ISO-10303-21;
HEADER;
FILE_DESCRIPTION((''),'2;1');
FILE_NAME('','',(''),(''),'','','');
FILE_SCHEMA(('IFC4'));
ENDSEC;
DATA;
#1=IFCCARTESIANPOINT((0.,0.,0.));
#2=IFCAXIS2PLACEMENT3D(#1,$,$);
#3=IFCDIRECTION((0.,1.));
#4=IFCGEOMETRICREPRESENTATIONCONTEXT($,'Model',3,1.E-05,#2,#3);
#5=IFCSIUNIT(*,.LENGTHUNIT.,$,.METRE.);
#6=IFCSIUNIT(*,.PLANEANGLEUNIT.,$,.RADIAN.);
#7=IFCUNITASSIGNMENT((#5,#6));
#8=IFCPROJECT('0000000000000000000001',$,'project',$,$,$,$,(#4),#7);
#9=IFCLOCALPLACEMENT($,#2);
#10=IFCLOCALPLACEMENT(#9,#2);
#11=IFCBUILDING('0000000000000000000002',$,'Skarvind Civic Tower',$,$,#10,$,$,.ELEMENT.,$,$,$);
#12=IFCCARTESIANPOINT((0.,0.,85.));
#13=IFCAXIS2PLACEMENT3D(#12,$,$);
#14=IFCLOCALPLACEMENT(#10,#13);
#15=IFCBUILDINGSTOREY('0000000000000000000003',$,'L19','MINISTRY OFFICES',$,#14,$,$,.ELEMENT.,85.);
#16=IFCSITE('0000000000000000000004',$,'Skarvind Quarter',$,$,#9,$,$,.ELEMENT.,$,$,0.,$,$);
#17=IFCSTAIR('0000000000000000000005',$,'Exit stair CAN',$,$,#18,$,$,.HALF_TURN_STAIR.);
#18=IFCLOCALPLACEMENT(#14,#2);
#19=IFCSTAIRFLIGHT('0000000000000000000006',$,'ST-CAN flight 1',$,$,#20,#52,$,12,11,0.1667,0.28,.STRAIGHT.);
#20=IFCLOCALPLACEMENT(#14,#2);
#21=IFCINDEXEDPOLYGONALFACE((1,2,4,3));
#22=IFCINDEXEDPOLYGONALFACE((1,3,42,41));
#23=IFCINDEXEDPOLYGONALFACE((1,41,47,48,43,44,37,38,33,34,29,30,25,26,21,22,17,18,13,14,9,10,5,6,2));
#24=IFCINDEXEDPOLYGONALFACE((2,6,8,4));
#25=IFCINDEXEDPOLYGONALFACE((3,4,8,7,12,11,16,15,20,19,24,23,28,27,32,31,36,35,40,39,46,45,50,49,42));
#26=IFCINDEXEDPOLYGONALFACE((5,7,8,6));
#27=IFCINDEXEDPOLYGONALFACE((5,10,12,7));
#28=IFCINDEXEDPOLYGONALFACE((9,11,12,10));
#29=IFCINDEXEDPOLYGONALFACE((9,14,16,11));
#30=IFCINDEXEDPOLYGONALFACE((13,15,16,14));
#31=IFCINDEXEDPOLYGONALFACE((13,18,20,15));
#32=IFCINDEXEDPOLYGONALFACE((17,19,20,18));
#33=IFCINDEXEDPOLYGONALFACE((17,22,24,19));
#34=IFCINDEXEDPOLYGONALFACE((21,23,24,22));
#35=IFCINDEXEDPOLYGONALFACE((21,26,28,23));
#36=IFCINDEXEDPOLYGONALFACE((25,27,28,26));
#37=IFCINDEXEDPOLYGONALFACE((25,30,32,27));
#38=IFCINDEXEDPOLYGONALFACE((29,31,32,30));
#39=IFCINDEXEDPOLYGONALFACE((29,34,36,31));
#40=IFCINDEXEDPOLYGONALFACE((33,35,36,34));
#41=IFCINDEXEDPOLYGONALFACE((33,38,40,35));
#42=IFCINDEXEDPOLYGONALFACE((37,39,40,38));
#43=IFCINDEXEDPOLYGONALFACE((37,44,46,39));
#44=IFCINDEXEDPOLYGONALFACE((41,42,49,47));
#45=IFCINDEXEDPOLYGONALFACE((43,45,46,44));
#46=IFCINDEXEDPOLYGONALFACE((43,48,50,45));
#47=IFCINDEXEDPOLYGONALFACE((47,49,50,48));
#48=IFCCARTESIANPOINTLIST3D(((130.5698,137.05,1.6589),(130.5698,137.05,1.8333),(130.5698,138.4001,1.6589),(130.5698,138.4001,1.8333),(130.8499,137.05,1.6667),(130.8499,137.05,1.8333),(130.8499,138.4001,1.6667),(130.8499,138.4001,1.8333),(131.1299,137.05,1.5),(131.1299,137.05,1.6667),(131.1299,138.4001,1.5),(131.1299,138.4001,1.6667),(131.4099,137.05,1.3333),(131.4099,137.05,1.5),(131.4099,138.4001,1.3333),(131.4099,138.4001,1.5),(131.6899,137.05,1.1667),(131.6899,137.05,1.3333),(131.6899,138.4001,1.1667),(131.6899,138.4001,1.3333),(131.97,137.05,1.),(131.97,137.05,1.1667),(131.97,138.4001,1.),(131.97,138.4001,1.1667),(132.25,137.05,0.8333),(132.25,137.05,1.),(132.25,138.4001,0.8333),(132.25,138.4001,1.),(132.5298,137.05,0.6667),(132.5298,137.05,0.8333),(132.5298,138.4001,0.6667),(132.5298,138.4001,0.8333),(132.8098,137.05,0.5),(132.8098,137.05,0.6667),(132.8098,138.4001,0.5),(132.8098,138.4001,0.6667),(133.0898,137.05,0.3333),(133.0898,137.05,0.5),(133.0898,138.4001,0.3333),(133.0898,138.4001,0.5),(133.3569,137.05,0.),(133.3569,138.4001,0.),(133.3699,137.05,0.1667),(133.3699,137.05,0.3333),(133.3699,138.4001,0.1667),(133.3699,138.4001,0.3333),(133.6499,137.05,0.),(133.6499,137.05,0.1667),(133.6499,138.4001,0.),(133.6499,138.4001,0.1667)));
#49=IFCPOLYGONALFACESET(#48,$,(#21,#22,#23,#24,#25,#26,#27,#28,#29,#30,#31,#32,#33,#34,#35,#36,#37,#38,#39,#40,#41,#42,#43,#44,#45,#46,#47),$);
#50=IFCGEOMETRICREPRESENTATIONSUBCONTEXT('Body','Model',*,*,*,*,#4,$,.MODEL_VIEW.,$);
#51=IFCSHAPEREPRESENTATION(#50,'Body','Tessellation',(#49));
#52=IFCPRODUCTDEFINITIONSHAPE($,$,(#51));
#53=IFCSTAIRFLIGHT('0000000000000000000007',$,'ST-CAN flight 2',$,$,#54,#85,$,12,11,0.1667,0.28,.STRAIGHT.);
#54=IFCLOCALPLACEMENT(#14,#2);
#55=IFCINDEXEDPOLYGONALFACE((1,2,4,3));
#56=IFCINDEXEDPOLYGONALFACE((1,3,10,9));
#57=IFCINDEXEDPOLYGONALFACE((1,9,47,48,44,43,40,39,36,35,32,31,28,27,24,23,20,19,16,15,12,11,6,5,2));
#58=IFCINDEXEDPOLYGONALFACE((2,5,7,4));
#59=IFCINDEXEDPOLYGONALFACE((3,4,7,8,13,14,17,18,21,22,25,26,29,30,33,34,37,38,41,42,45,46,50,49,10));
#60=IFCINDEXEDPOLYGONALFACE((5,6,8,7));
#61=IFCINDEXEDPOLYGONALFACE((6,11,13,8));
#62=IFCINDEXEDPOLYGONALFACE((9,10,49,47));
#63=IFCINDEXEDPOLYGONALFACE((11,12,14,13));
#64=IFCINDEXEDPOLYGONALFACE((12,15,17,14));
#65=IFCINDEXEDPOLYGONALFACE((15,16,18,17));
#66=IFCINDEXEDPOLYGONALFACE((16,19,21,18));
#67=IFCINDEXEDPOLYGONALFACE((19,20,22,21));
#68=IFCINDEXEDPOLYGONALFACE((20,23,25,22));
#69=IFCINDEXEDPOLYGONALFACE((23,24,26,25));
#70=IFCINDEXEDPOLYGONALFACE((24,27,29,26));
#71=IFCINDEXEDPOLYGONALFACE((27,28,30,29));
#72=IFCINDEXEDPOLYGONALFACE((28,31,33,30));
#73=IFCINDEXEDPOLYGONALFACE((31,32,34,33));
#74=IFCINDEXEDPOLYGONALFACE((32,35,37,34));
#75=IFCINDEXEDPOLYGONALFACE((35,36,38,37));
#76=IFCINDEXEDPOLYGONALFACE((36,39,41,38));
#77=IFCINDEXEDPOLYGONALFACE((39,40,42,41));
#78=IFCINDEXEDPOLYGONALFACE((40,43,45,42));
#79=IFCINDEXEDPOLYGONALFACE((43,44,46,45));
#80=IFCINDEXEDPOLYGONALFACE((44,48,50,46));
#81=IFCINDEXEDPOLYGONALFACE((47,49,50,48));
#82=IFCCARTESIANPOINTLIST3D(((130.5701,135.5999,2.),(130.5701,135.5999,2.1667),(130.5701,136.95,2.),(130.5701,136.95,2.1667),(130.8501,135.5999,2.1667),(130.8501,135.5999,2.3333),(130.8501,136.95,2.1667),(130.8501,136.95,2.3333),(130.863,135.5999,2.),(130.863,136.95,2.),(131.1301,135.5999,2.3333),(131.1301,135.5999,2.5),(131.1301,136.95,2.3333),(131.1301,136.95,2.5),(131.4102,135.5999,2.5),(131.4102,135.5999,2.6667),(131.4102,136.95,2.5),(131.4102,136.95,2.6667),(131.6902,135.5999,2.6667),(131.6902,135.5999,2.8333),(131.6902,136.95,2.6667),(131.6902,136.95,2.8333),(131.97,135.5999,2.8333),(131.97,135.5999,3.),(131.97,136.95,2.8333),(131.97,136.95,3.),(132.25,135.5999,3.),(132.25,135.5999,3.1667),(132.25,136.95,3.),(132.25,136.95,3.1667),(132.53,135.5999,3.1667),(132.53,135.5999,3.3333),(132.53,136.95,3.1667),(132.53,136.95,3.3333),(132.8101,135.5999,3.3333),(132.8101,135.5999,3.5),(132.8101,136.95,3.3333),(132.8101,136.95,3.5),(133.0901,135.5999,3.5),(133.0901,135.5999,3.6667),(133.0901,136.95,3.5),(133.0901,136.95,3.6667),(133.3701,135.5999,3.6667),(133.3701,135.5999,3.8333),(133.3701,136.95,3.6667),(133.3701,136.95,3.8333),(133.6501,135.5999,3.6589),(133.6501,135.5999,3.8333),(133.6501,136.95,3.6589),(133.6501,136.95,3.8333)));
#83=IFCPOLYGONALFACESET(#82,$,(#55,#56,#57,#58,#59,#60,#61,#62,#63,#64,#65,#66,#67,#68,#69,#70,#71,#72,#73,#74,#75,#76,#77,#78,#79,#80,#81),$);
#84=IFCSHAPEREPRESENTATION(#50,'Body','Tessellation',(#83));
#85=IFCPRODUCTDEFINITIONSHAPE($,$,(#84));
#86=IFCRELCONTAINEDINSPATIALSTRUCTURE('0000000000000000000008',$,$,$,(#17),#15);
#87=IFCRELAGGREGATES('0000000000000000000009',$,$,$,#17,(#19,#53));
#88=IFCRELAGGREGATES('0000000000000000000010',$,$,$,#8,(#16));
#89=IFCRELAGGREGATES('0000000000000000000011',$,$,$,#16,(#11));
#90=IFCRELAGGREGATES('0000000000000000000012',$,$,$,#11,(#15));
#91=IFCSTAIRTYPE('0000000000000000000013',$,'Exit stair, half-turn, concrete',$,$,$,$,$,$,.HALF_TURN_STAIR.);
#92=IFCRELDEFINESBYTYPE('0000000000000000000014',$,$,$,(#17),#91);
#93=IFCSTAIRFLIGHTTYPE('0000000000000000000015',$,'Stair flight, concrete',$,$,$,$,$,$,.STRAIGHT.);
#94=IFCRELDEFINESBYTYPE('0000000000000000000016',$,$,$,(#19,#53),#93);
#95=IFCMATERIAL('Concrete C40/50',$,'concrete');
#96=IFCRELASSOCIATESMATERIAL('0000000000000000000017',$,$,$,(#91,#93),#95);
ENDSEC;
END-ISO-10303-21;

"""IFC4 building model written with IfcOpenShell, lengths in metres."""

from ifc_helpers import new_model, si_unit, direction, frame, origin, place, context, subcontext, project, spatial, polyline, outline, extrude, material, type_object, element, aggregate, save


model = new_model("IFC4")

# Units and contexts
model_context = context("Model", 3, precision=1e-05, world=origin(), true_north=direction((0.0, 1.0)))
body_context = subcontext(model_context, "Body", "Model", "MODEL_VIEW")
ifc_project = project(units=[si_unit("LENGTHUNIT", "METRE"), si_unit("PLANEANGLEUNIT", "RADIAN")], contexts=[model_context])

# Site, building, storey
site_placement = place(None, origin())
site = spatial("IfcSite", under=ifc_project, at=site_placement, Name="Skarvind Quarter", CompositionType="ELEMENT", RefElevation=0.0)
building_placement = place(site_placement, origin())
building = spatial("IfcBuilding", under=site, at=building_placement, Name="Skarvind Civic Tower", CompositionType="ELEMENT")
storey_placement = place(building_placement, frame((0.0, 0.0, 85.0)))
storey = spatial("IfcBuildingStorey", under=building, at=storey_placement, Name="L19", Description="MINISTRY OFFICES", CompositionType="ELEMENT", Elevation=85.0)

# Stair, stair flights
ifc_material_1 = material(Name="Concrete C40/50", Category="concrete")
stair_type = type_object("IfcStairType", Name="Exit stair, half-turn, concrete", PredefinedType="HALF_TURN_STAIR", material=ifc_material_1)
stair_placement = place(storey_placement, origin())
stair = element("IfcStair", 1, at=stair_placement, inside=storey, type_object=stair_type, Name="Exit stair CAN", PredefinedType="HALF_TURN_STAIR")
stair_flight_type = type_object("IfcStairFlightType", Name="Stair flight, concrete", PredefinedType="STRAIGHT", material=ifc_material_1)
stair_flight_1_placement = place(storey_placement, frame((133.6499, 137.7251, 0.0), z_axis=(0.0, 0.0, 1.0), x_axis=(-1.0, 0.0, 0.0)))
stair_flight_1 = element("IfcStairFlight", 2, at=stair_flight_1_placement, type_object=stair_flight_type, Name="ST-CAN flight 1", NumberOfRisers=12, NumberOfTreads=11, PredefinedType="STRAIGHT", RiserHeight=0.1667, TreadLength=0.28, context=body_context, shape_type="SweptSolid", body=[
    extrude(outline(polyline([(0.0, 0.0), (0.0, 0.1667), (0.28, 0.1667), (0.28, 0.3333), (0.5601, 0.3333), (0.5601, 0.5), (0.8401, 0.5), (0.8401, 0.6667), (1.1201, 0.6667), (1.1201, 0.8333), (1.3999, 0.8333), (1.3999, 1.0), (1.6799, 1.0), (1.6799, 1.1667), (1.96, 1.1667), (1.96, 1.3333), (2.24, 1.3333), (2.24, 1.5), (2.52, 1.5), (2.52, 1.6667), (2.8, 1.6667), (2.8, 1.8333), (3.0801, 1.8333), (3.0801, 2.0), (3.0801, 1.6589), (0.293, 0.0), (0.0, 0.0)])), frame((0.0, 0.675, 0.0), z_axis=(0.0, -1.0, 0.0), x_axis=(1.0, 0.0, 0.0)), (0.0, 0.0, 1.0), 1.3501),
])
stair_flight_2_placement = place(storey_placement, frame((130.5701, 136.2749, 2.0), z_axis=(0.0, 0.0, 1.0), x_axis=(1.0, 0.0, 0.0)))
stair_flight_2 = element("IfcStairFlight", 3, at=stair_flight_2_placement, type_object=stair_flight_type, Name="ST-CAN flight 2", NumberOfRisers=12, NumberOfTreads=11, PredefinedType="STRAIGHT", RiserHeight=0.1667, TreadLength=0.28, context=body_context, shape_type="SweptSolid", body=[
    extrude(outline(polyline([(0.0, 0.0), (0.0, 0.1667), (0.28, 0.1667), (0.28, 0.3333), (0.5601, 0.3333), (0.5601, 0.5), (0.8401, 0.5), (0.8401, 0.6667), (1.1201, 0.6667), (1.1201, 0.8333), (1.3999, 0.8333), (1.3999, 1.0), (1.6799, 1.0), (1.6799, 1.1667), (1.96, 1.1667), (1.96, 1.3333), (2.24, 1.3333), (2.24, 1.5), (2.52, 1.5), (2.52, 1.6667), (2.8, 1.6667), (2.8, 1.8333), (3.0801, 1.8333), (3.0801, 2.0), (3.0801, 1.6589), (0.293, 0.0), (0.0, 0.0)])), frame((0.0, 0.675, 0.0), z_axis=(0.0, -1.0, 0.0), x_axis=(1.0, 0.0, 0.0)), (0.0, 0.0, 1.0), 1.3501),
])
aggregate(stair, [stair_flight_1, stair_flight_2])

save(model, "model.ifc")
